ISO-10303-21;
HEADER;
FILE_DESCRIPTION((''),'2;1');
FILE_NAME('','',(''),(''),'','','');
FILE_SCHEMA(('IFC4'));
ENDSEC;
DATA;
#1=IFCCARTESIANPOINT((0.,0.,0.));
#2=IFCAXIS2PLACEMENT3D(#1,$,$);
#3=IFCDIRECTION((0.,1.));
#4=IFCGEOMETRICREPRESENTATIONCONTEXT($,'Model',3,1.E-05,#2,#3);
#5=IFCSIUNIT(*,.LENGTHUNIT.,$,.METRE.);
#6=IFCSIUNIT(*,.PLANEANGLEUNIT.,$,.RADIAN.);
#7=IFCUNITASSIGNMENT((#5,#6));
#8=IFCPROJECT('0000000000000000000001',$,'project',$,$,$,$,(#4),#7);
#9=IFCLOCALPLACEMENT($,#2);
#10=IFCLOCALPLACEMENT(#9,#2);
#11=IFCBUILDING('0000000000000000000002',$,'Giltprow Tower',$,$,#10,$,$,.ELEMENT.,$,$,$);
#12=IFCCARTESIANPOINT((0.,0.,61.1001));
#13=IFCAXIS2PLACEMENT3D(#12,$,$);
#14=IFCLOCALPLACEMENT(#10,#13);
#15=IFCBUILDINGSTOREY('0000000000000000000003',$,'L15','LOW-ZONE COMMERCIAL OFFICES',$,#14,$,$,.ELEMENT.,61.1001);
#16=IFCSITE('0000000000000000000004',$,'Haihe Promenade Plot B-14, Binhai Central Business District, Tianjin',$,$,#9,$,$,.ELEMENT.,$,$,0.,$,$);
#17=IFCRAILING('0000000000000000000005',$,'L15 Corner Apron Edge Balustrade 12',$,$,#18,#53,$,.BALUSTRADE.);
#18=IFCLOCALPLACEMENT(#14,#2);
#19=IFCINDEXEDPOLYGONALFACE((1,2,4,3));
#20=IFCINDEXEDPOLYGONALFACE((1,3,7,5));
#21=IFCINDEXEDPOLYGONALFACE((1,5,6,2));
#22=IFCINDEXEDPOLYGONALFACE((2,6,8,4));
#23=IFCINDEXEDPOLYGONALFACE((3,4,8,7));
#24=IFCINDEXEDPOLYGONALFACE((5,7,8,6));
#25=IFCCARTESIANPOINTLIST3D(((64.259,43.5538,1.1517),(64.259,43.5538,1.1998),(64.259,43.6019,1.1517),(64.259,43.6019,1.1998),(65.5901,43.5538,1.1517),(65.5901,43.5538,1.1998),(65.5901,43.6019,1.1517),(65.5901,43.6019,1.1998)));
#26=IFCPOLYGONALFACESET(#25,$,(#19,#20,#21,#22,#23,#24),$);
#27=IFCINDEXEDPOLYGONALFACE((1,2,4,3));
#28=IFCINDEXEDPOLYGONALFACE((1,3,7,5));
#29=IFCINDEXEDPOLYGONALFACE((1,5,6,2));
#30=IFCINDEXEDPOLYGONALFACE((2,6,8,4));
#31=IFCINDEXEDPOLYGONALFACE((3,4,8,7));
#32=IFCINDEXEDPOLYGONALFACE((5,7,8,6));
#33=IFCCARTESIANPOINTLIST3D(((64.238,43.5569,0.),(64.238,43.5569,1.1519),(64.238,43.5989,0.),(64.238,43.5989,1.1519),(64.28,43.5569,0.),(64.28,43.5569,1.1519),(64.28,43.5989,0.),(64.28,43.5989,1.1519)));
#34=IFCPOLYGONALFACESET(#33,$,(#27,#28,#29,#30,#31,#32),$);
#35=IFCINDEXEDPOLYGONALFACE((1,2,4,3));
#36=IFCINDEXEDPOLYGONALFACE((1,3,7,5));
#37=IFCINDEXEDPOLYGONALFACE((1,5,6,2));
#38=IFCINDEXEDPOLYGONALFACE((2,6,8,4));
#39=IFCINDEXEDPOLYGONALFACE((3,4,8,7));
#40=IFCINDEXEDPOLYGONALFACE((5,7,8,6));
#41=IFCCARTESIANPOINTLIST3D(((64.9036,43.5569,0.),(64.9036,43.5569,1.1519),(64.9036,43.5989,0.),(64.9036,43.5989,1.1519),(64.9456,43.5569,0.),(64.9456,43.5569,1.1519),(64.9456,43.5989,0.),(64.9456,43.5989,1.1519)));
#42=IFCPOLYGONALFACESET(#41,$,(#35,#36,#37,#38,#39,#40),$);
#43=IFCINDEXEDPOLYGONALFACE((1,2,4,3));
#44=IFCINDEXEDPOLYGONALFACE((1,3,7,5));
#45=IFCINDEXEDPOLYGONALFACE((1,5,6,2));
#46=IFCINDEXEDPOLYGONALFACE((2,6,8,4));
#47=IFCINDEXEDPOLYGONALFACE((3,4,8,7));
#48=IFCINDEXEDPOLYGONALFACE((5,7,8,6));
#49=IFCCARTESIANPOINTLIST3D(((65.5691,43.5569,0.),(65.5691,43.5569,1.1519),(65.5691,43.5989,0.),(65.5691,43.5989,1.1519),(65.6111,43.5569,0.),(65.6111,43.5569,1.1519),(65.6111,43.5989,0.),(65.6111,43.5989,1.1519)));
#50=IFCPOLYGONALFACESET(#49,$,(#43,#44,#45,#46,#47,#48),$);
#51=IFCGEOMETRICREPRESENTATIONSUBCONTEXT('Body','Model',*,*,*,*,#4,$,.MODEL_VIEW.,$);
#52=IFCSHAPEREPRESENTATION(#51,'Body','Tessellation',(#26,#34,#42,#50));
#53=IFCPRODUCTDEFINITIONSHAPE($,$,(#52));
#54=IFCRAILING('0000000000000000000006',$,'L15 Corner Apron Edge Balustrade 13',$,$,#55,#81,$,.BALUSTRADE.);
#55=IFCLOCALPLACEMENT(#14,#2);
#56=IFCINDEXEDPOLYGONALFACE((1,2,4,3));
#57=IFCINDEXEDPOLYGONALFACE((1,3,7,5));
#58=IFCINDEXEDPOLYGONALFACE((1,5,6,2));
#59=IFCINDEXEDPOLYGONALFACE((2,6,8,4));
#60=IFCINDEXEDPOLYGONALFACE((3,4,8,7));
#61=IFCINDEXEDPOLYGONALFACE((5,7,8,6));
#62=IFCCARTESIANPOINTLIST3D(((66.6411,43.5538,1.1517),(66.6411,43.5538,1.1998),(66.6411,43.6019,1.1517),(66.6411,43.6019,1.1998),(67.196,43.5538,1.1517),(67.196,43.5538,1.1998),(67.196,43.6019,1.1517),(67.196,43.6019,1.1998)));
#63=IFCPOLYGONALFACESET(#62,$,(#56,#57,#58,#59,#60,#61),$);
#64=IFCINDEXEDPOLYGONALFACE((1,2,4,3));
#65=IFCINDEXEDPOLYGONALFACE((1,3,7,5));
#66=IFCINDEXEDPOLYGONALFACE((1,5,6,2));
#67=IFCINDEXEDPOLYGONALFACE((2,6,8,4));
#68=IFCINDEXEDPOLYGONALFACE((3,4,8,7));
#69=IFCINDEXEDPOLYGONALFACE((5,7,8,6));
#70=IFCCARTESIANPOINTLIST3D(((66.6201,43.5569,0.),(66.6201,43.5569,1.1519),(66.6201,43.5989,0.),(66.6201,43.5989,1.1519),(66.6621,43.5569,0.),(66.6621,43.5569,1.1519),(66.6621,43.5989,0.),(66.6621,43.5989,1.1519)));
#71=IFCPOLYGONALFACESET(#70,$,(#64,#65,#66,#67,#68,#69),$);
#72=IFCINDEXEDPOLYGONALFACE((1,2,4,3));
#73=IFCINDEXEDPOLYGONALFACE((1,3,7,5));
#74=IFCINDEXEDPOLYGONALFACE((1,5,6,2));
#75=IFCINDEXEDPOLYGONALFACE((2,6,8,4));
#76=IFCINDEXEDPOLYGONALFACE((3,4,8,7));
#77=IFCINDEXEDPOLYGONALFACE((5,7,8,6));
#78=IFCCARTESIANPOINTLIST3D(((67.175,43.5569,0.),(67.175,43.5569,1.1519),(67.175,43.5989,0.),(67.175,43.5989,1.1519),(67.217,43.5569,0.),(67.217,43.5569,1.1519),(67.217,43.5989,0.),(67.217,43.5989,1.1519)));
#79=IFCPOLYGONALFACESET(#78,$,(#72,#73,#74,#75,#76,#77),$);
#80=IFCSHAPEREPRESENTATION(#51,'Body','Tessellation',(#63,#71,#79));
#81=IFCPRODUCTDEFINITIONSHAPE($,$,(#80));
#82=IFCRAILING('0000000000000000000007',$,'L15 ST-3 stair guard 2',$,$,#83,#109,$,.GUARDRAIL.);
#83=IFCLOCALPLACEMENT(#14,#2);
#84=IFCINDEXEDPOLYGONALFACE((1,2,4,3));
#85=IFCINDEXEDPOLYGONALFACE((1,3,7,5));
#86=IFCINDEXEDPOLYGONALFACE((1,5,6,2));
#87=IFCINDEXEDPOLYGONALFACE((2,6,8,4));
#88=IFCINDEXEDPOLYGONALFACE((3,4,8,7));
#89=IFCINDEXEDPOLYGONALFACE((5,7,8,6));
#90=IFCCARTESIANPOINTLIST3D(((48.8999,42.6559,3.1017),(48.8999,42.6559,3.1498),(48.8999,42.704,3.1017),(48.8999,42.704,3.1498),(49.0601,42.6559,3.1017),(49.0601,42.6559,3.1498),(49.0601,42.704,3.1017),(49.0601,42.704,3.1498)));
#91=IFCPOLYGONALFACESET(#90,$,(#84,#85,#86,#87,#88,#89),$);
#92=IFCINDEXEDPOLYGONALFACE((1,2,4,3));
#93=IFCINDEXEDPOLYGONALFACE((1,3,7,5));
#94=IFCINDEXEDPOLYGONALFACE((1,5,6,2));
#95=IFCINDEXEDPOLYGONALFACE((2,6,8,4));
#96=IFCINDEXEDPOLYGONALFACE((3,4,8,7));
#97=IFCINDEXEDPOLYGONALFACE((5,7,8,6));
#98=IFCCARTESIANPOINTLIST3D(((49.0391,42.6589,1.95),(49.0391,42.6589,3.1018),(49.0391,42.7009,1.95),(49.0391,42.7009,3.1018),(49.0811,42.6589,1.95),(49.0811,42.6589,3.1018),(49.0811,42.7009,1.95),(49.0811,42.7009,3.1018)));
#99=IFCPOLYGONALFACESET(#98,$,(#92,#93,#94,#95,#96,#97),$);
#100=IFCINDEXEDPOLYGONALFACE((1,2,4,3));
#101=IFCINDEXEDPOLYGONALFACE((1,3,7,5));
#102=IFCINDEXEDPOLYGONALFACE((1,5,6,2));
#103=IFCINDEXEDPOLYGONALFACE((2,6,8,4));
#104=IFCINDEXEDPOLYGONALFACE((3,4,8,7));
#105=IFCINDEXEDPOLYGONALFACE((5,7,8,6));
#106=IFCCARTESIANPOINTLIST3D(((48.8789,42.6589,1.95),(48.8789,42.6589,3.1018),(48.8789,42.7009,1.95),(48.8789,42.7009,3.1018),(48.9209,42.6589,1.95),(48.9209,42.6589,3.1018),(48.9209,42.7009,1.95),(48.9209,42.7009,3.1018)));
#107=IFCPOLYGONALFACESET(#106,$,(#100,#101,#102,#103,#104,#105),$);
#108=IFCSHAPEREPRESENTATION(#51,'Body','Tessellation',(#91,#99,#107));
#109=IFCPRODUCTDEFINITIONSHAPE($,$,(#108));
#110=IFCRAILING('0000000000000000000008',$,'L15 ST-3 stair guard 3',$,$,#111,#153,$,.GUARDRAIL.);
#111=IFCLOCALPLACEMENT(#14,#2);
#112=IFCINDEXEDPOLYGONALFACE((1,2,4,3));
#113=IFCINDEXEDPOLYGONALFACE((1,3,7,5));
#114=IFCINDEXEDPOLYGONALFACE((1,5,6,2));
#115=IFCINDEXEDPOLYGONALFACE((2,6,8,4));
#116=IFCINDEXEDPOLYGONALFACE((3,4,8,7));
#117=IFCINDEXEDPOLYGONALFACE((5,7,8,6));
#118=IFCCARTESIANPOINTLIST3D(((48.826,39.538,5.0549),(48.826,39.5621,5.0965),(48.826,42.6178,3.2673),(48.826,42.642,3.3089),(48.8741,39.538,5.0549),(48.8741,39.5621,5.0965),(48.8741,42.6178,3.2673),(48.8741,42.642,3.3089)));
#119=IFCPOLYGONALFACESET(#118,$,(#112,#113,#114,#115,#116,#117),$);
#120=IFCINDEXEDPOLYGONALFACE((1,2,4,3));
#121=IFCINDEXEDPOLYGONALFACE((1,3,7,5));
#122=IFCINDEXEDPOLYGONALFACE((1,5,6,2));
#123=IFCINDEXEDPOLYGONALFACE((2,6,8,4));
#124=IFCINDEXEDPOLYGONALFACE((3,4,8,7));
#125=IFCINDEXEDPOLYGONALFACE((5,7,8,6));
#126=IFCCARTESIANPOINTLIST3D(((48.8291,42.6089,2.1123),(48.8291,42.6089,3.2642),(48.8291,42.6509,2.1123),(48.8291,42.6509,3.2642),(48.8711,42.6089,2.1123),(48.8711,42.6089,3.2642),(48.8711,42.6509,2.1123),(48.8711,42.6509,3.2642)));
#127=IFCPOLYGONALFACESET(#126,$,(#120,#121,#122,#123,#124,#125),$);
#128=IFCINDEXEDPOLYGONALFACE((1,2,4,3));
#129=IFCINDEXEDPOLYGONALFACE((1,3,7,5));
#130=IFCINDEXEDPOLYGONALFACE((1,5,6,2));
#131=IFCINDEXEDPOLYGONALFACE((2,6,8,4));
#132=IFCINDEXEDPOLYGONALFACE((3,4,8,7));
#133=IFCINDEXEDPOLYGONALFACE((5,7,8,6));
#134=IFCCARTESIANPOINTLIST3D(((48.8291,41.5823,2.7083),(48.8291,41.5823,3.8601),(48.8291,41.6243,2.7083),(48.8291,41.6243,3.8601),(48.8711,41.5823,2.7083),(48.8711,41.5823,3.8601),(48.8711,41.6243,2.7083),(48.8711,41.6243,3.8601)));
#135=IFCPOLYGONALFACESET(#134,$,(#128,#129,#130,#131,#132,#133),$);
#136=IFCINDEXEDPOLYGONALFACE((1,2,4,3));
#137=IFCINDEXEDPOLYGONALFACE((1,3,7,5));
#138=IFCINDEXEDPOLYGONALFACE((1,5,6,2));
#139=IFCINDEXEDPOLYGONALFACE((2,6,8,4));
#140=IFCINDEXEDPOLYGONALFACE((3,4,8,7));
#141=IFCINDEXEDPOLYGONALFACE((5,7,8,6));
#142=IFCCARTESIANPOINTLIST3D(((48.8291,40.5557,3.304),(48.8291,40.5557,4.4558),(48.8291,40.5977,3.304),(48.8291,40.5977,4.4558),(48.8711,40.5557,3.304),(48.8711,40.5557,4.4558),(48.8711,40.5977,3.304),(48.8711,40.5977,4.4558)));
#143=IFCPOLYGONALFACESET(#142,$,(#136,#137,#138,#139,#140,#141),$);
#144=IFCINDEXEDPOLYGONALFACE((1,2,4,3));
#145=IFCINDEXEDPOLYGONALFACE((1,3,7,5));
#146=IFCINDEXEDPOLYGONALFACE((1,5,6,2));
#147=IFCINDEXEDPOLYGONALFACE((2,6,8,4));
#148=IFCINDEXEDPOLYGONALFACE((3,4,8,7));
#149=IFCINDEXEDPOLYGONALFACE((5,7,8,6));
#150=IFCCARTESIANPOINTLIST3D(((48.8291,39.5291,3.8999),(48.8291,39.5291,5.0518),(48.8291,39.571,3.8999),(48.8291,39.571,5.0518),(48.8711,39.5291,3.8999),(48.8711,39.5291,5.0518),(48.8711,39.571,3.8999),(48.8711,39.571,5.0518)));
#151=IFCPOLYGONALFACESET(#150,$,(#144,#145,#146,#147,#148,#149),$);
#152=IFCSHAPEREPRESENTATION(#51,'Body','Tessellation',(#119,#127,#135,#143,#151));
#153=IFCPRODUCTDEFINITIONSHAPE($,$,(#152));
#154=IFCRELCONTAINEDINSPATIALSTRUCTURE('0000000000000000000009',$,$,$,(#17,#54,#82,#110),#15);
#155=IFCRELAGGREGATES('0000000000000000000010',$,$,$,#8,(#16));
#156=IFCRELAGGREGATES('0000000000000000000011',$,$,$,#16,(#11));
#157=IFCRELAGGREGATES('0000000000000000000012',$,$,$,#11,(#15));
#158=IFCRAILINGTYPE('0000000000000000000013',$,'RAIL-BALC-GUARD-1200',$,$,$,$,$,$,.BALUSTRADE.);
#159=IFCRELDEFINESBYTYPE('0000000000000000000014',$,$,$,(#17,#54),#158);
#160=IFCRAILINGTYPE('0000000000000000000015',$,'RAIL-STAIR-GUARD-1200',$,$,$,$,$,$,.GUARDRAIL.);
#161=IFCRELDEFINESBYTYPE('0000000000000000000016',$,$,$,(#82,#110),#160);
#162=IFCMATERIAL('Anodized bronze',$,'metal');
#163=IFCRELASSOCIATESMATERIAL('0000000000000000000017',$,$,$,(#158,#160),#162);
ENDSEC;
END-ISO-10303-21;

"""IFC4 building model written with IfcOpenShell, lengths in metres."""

from ifc_helpers import new_model, si_unit, direction, frame, origin, origin_2d, place, context, subcontext, project, spatial, rectangle, extrude, material, type_object, element, save


model = new_model("IFC4")

# Units and contexts
model_context = context("Model", 3, precision=1e-05, world=origin(), true_north=direction((0.0, 1.0)))
body_context = subcontext(model_context, "Body", "Model", "MODEL_VIEW")
ifc_project = project(units=[si_unit("LENGTHUNIT", "METRE"), si_unit("PLANEANGLEUNIT", "RADIAN")], contexts=[model_context])

# Site, building, storey
site_placement = place(None, origin())
site = spatial("IfcSite", under=ifc_project, at=site_placement, Name="Haihe Promenade Plot B-14, Binhai Central Business District, Tianjin", CompositionType="ELEMENT", RefElevation=0.0)
building_placement = place(site_placement, origin())
building = spatial("IfcBuilding", under=site, at=building_placement, Name="Giltprow Tower", CompositionType="ELEMENT")
storey_placement = place(building_placement, frame((0.0, 0.0, 61.1001)))
storey = spatial("IfcBuildingStorey", under=building, at=storey_placement, Name="L15", Description="LOW-ZONE COMMERCIAL OFFICES", CompositionType="ELEMENT", Elevation=61.1001)

# Railings
ifc_material_1 = material(Name="Anodized bronze", Category="metal")
railing_type_1 = type_object("IfcRailingType", Name="RAIL-BALC-GUARD-1200", PredefinedType="BALUSTRADE", material=ifc_material_1)
railing_1_placement = place(storey_placement, frame((64.259, 43.5779, 0.0)))
element("IfcRailing", 1, at=railing_1_placement, inside=storey, type_object=railing_type_1, Name="L15 Corner Apron Edge Balustrade 12", PredefinedType="BALUSTRADE", context=body_context, shape_type="SweptSolid", body=[
    extrude(rectangle(XDim=0.0481, YDim=0.0481, at=origin_2d()), frame((0.0, 0.0, 1.1758), z_axis=(1.0, 0.0, 0.0), x_axis=(0.0, 1.0, 0.0)), (0.0, 0.0, 1.0), 1.3311),
    extrude(rectangle(XDim=0.042, YDim=0.042, at=origin_2d()), origin(), (0.0, 0.0, 1.0), 1.1519),
    extrude(rectangle(XDim=0.042, YDim=0.042, at=origin_2d()), frame((0.6655, 0.0, 0.0)), (0.0, 0.0, 1.0), 1.1519),
    extrude(rectangle(XDim=0.042, YDim=0.042, at=origin_2d()), frame((1.3311, 0.0, 0.0)), (0.0, 0.0, 1.0), 1.1519),
])
railing_2_placement = place(storey_placement, frame((66.6411, 43.5779, 0.0)))
element("IfcRailing", 2, at=railing_2_placement, inside=storey, type_object=railing_type_1, Name="L15 Corner Apron Edge Balustrade 13", PredefinedType="BALUSTRADE", context=body_context, shape_type="SweptSolid", body=[
    extrude(rectangle(XDim=0.0481, YDim=0.0481, at=origin_2d()), frame((0.0, 0.0, 1.1758), z_axis=(1.0, 0.0, 0.0), x_axis=(0.0, 1.0, 0.0)), (0.0, 0.0, 1.0), 0.5549),
    extrude(rectangle(XDim=0.042, YDim=0.042, at=origin_2d()), origin(), (0.0, 0.0, 1.0), 1.1519),
    extrude(rectangle(XDim=0.042, YDim=0.042, at=origin_2d()), frame((0.5549, 0.0, 0.0)), (0.0, 0.0, 1.0), 1.1519),
])
railing_type_2 = type_object("IfcRailingType", Name="RAIL-STAIR-GUARD-1200", PredefinedType="GUARDRAIL", material=ifc_material_1)
railing_3_placement = place(storey_placement, frame((49.0601, 42.6799, 1.95)))
element("IfcRailing", 3, at=railing_3_placement, inside=storey, type_object=railing_type_2, Name="L15 ST-3 stair guard 2", PredefinedType="GUARDRAIL", context=body_context, shape_type="SweptSolid", body=[
    extrude(rectangle(XDim=0.0481, YDim=0.0481, at=origin_2d()), frame((0.0, 0.0, 1.1758), z_axis=(-1.0, 0.0, 0.0), x_axis=(0.0, -1.0, 0.0)), (0.0, 0.0, 1.0), 0.1602),
    extrude(rectangle(XDim=0.042, YDim=0.042, at=origin_2d()), origin(), (0.0, 0.0, 1.0), 1.1519),
    extrude(rectangle(XDim=0.042, YDim=0.042, at=origin_2d()), frame((-0.1602, 0.0, 0.0)), (0.0, 0.0, 1.0), 1.1519),
])
railing_4_placement = place(storey_placement, frame((48.8501, 42.6299, 2.1123)))
element("IfcRailing", 4, at=railing_4_placement, inside=storey, type_object=railing_type_2, Name="L15 ST-3 stair guard 3", PredefinedType="GUARDRAIL", context=body_context, shape_type="SweptSolid", body=[
    extrude(rectangle(XDim=0.0481, YDim=0.0481, at=origin_2d()), frame((0.0, 0.0, 1.1758), z_axis=(0.0, -0.864873, 0.50199), x_axis=(1.0, 0.0, 0.0)), (0.0, 0.0, 1.0), 3.561),
    extrude(rectangle(XDim=0.042, YDim=0.042, at=origin_2d()), origin(), (0.0, 0.0, 1.0), 1.1519),
    extrude(rectangle(XDim=0.042, YDim=0.042, at=origin_2d()), frame((0.0, -1.0266, 0.5959)), (0.0, 0.0, 1.0), 1.1519),
    extrude(rectangle(XDim=0.042, YDim=0.042, at=origin_2d()), frame((0.0, -2.0532, 1.1917)), (0.0, 0.0, 1.0), 1.1519),
    extrude(rectangle(XDim=0.042, YDim=0.042, at=origin_2d()), frame((0.0, -3.0798, 1.7876)), (0.0, 0.0, 1.0), 1.1519),
])

save(model, "model.ifc")
